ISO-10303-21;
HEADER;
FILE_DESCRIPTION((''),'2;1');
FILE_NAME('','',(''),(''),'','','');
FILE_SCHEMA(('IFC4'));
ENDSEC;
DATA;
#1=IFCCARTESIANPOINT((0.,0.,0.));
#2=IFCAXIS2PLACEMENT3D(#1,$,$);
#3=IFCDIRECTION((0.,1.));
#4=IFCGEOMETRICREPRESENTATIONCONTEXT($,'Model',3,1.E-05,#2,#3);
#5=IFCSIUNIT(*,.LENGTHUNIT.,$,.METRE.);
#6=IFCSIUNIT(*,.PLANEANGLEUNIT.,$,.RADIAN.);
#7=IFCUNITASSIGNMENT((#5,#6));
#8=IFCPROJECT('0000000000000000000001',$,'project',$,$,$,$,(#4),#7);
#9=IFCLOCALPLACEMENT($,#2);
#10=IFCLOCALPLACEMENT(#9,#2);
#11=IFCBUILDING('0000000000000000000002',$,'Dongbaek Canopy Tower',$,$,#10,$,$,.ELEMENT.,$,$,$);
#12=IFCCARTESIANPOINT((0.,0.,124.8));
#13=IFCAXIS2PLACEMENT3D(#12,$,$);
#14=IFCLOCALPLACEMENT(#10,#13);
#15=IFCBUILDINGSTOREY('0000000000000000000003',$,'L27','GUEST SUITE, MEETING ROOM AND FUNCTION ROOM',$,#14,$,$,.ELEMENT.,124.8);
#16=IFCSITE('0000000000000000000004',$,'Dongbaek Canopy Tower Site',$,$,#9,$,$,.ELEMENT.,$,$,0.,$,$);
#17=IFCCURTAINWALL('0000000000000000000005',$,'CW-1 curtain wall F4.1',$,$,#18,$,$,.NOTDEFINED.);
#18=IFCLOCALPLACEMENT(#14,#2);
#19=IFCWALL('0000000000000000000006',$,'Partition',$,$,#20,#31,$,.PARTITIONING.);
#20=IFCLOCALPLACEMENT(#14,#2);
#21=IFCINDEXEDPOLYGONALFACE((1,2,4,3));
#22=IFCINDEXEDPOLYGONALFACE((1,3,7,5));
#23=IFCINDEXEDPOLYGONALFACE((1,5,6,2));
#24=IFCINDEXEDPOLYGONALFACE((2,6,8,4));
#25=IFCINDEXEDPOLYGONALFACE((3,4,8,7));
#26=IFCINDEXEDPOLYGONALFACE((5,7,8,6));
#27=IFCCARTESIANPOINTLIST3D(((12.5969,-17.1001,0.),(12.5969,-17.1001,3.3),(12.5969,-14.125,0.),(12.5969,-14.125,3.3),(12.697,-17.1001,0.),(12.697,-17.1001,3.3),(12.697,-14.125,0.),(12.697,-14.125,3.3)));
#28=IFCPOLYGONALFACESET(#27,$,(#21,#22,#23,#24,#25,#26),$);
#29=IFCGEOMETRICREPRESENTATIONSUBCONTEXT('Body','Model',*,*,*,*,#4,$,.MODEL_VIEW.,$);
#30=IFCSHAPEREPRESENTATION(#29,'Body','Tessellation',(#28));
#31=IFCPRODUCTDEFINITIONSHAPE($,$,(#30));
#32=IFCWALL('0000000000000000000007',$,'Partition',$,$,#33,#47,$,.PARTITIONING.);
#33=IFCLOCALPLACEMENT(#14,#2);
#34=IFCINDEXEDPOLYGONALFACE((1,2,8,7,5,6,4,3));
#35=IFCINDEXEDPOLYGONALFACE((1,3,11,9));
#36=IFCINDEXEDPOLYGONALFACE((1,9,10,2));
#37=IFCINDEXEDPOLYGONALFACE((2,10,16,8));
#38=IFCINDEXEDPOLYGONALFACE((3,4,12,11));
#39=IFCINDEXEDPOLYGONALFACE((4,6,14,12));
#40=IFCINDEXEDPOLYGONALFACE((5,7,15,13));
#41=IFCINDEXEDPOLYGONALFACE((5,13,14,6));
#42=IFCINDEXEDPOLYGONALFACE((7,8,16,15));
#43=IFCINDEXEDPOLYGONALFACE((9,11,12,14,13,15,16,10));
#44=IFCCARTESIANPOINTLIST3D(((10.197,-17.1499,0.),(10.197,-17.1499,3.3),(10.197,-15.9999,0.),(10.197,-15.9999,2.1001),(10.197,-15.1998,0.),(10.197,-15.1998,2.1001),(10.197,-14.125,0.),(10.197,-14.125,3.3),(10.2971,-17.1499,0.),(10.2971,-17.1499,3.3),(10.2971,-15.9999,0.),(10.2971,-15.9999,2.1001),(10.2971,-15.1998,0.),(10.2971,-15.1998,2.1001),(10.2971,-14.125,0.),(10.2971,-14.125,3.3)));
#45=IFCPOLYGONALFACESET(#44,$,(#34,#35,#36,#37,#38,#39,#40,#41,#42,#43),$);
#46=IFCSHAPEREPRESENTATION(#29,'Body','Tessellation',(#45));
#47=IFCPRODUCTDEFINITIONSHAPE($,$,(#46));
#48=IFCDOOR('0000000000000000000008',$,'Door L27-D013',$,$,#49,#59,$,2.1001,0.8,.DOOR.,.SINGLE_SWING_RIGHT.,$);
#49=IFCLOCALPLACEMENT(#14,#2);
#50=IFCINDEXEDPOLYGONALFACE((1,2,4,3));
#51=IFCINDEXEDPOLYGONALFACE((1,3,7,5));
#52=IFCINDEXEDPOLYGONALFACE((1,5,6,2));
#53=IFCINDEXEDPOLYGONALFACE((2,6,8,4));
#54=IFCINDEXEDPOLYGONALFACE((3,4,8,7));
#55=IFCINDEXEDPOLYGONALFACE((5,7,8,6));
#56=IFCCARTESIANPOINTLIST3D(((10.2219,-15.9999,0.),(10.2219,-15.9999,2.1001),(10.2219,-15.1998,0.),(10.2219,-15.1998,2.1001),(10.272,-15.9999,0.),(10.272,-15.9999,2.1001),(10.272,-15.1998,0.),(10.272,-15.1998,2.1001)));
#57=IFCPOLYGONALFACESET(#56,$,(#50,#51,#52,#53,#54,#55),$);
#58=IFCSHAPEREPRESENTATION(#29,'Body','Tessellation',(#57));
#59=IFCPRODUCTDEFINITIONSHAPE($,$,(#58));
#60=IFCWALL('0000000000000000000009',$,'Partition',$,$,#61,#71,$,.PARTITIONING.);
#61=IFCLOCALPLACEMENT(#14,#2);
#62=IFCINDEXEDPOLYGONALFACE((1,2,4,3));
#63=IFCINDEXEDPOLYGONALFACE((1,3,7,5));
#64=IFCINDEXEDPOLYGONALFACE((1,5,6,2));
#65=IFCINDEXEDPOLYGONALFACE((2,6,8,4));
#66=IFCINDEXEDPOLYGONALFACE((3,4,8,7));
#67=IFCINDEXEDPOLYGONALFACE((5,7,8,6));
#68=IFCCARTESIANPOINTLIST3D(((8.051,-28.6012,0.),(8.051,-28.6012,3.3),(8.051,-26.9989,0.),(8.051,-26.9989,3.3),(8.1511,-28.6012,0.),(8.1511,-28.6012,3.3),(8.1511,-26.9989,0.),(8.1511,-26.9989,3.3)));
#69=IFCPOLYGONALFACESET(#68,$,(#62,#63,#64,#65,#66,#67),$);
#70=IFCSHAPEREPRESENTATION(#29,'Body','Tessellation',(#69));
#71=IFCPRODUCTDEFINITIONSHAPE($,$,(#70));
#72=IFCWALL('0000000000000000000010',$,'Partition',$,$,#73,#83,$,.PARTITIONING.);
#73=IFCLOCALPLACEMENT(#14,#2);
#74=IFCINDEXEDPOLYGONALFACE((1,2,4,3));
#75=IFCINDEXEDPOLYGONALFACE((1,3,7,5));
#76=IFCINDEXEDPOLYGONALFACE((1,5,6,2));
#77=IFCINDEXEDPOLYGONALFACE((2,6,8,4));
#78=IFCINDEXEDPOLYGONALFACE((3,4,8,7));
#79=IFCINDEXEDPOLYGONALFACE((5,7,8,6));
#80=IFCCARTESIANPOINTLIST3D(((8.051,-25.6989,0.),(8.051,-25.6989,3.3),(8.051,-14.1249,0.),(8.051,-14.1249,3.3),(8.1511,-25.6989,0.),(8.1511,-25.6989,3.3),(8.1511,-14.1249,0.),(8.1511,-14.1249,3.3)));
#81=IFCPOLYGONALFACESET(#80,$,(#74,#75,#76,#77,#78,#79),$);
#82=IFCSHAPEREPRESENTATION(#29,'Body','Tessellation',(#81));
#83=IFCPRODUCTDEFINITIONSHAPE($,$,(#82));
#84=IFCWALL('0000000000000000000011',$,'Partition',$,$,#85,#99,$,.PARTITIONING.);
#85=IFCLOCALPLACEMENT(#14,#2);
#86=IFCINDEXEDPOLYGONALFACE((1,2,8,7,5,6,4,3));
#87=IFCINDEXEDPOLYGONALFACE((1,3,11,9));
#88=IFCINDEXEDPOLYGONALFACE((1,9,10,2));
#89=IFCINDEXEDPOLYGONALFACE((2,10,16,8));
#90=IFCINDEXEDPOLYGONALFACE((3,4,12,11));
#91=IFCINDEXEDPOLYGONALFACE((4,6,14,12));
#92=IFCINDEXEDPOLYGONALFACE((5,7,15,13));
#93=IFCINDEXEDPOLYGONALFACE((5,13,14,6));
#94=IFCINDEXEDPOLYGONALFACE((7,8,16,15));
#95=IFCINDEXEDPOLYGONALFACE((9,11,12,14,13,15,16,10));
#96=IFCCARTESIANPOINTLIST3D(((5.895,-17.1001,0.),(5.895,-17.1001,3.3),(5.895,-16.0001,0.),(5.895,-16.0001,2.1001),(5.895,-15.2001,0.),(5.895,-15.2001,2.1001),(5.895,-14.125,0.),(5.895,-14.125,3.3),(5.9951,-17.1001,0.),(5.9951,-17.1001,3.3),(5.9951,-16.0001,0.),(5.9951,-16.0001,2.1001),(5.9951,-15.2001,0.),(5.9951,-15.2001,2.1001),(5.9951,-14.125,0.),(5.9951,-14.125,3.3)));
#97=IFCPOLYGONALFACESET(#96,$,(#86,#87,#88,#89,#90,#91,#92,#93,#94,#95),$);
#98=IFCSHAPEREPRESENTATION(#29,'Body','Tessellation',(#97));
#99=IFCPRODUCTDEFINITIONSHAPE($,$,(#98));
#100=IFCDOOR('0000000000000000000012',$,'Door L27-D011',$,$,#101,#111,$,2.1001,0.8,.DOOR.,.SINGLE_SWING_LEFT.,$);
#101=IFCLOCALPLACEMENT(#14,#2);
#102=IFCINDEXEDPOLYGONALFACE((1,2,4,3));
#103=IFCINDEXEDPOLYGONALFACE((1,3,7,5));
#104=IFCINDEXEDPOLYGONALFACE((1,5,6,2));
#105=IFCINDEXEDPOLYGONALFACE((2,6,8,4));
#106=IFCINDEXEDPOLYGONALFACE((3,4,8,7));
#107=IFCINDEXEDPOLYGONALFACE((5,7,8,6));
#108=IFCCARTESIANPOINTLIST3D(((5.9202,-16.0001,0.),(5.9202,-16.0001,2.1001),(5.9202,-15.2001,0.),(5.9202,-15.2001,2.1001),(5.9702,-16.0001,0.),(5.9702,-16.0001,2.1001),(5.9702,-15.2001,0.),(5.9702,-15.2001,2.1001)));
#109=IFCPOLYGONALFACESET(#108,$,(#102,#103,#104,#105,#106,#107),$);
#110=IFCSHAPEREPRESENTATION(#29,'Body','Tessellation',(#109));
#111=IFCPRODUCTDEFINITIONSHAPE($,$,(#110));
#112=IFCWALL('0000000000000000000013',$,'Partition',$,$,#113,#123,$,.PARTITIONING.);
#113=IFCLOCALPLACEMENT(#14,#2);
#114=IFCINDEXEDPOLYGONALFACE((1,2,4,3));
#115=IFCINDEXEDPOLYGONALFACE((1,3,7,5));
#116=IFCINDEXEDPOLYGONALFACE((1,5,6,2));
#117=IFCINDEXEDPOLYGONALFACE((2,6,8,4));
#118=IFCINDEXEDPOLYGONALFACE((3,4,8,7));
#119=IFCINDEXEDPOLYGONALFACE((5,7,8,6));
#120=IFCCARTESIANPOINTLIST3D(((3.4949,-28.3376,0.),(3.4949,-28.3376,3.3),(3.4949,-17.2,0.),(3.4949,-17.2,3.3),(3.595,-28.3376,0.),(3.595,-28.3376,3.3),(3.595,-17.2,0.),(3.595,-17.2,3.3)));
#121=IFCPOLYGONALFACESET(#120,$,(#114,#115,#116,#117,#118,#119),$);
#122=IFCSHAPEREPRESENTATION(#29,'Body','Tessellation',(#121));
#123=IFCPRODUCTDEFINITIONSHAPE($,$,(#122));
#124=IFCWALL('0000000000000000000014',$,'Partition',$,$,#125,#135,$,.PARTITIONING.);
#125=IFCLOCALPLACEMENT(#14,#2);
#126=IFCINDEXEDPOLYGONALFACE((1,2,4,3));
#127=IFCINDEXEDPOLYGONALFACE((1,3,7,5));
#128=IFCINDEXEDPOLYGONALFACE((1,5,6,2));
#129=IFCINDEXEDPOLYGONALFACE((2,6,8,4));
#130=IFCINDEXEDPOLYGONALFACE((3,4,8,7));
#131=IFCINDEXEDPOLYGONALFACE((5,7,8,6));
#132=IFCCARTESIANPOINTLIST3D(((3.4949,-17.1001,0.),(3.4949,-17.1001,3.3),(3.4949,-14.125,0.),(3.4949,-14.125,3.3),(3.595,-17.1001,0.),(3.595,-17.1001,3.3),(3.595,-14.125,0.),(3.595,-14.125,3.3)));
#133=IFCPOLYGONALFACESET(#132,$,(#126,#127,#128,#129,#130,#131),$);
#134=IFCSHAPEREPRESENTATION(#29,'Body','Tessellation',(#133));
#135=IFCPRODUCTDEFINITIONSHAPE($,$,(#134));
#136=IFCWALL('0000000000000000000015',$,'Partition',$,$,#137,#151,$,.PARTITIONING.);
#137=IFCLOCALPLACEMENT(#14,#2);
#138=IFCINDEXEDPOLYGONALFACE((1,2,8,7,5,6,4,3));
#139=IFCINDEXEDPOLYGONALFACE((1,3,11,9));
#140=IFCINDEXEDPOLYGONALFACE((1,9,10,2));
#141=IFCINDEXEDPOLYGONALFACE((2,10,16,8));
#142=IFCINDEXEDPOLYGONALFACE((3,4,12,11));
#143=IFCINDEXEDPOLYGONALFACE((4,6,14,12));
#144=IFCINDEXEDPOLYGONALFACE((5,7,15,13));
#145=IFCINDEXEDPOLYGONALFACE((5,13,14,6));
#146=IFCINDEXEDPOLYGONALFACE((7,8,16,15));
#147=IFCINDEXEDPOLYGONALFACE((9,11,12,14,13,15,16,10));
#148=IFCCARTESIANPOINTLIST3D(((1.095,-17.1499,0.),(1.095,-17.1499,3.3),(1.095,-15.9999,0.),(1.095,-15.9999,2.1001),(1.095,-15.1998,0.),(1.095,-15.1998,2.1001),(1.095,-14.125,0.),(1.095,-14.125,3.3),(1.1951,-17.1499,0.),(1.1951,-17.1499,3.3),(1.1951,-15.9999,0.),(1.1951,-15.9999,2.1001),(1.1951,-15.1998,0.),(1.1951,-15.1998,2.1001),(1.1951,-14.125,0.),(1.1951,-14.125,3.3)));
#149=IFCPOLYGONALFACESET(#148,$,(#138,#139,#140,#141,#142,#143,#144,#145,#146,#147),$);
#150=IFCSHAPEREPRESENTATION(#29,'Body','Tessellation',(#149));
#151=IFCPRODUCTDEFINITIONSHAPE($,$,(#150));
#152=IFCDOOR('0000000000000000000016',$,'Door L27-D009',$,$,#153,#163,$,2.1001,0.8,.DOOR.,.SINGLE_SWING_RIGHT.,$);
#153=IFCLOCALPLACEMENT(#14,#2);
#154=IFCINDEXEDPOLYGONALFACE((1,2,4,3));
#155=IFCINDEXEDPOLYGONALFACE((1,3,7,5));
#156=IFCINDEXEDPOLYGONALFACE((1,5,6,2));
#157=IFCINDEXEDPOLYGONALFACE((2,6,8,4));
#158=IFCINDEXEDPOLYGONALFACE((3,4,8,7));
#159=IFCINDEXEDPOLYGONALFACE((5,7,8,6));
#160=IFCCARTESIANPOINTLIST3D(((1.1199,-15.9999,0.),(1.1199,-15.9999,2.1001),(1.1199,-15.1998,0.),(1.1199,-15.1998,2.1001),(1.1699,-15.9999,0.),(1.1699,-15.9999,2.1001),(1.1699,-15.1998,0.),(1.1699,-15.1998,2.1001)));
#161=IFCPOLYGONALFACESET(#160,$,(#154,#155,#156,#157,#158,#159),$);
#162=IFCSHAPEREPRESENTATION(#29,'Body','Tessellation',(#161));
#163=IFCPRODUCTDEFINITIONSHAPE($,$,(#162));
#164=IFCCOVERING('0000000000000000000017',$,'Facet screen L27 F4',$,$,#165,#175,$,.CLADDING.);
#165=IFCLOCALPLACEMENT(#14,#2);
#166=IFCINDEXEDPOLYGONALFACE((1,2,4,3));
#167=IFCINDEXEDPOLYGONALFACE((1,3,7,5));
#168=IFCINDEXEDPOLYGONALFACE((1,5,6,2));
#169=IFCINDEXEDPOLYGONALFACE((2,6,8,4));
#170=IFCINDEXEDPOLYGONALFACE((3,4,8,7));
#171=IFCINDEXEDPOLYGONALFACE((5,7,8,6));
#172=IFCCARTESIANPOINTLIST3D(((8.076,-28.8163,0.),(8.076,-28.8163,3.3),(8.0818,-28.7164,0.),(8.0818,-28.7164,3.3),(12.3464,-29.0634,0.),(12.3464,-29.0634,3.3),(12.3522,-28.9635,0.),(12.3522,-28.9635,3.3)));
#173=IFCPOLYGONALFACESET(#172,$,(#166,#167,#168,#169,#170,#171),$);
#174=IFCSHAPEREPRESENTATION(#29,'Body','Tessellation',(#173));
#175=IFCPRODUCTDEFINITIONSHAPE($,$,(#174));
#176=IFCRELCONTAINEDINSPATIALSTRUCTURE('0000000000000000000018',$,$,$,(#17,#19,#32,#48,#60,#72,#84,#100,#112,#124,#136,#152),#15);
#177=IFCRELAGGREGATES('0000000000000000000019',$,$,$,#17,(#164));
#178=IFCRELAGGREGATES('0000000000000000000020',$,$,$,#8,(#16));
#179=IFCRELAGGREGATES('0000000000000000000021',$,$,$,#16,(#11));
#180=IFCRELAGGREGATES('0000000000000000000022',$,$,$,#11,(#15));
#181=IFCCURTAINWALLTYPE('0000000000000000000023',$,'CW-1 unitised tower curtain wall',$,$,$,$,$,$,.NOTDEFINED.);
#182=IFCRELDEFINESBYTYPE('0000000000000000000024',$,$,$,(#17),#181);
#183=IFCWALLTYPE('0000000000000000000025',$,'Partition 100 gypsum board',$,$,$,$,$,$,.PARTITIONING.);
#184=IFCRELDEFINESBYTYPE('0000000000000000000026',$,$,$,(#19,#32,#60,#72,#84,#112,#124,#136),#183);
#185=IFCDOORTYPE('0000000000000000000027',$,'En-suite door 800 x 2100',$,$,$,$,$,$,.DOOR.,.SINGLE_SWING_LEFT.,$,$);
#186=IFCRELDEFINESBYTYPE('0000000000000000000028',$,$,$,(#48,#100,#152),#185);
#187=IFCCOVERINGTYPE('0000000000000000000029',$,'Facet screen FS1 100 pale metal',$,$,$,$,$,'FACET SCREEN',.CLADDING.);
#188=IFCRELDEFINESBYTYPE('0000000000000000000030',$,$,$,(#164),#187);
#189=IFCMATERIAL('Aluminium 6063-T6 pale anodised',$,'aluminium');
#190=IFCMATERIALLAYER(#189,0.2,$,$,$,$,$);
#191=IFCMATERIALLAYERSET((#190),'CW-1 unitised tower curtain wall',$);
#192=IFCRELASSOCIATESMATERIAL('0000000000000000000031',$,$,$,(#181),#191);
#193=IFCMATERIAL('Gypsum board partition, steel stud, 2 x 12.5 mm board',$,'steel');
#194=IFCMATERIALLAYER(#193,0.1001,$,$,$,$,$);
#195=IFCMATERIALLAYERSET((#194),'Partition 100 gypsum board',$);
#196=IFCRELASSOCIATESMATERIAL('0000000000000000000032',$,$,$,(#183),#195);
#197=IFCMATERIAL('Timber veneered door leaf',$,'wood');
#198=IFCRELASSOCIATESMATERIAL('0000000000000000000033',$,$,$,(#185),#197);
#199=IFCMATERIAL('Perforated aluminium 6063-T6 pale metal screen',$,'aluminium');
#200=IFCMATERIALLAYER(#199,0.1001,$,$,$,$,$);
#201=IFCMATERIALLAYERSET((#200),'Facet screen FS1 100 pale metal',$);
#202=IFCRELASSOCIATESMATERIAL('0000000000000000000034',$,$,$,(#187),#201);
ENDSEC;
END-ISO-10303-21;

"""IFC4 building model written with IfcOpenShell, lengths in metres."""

from ifc_helpers import new_model, si_unit, direction, frame, frame_2d, origin, origin_2d, place, context, subcontext, project, spatial, rectangle, extrude, material, layer, layer_set, type_object, element, fill, aggregate, save


model = new_model("IFC4")

# Units and contexts
model_context = context("Model", 3, precision=1e-05, world=origin(), true_north=direction((0.0, 1.0)))
body_context = subcontext(model_context, "Body", "Model", "MODEL_VIEW")
ifc_project = project(units=[si_unit("LENGTHUNIT", "METRE"), si_unit("PLANEANGLEUNIT", "RADIAN")], contexts=[model_context])

# Site, building, storey
site_placement = place(None, origin())
site = spatial("IfcSite", under=ifc_project, at=site_placement, Name="Dongbaek Canopy Tower Site", CompositionType="ELEMENT", RefElevation=0.0)
building_placement = place(site_placement, origin())
building = spatial("IfcBuilding", under=site, at=building_placement, Name="Dongbaek Canopy Tower", CompositionType="ELEMENT")
storey_placement = place(building_placement, frame((0.0, 0.0, 124.8)))
storey = spatial("IfcBuildingStorey", under=building, at=storey_placement, Name="L27", Description="GUEST SUITE, MEETING ROOM AND FUNCTION ROOM", CompositionType="ELEMENT", Elevation=124.8)

# Curtain wall
ifc_material_1 = material(Name="Aluminium 6063-T6 pale anodised", Category="aluminium")
ifc_layer_1 = layer(ifc_material_1, 0.2)
ifc_layer_set_1 = layer_set([ifc_layer_1], Name="CW-1 unitised tower curtain wall")
curtain_wall_type = type_object("IfcCurtainWallType", Name="CW-1 unitised tower curtain wall", PredefinedType="NOTDEFINED", material=ifc_layer_set_1)
curtain_wall_placement = place(storey_placement, origin())
curtain_wall = element("IfcCurtainWall", 1, at=curtain_wall_placement, inside=storey, type_object=curtain_wall_type, Name="CW-1 curtain wall F4.1", PredefinedType="NOTDEFINED")

# Wall
ifc_material_2 = material(Name="Gypsum board partition, steel stud, 2 x 12.5 mm board", Category="steel")
ifc_layer_2 = layer(ifc_material_2, 0.1001)
ifc_layer_set_2 = layer_set([ifc_layer_2], Name="Partition 100 gypsum board")
wall_type = type_object("IfcWallType", Name="Partition 100 gypsum board", PredefinedType="PARTITIONING", material=ifc_layer_set_2)
wall_1_placement = place(storey_placement, frame((12.647, -17.1001, 0.0), z_axis=(0.0, 0.0, 1.0), x_axis=(0.0, 1.0, 0.0)))
element("IfcWall", 2, at=wall_1_placement, inside=storey, type_object=wall_type, Name="Partition", PredefinedType="PARTITIONING", context=body_context, shape_type="SweptSolid", body=[
    extrude(rectangle(XDim=2.9751, YDim=0.1001, at=frame_2d((1.4875, 0.0))), origin(), (0.0, 0.0, 1.0), 3.3),
])

# Wall, opening, door
wall_2_placement = place(storey_placement, frame((10.2471, -14.125, 0.0), z_axis=(0.0, 0.0, 1.0), x_axis=(0.0, -1.0, 0.0)))
wall_2 = element("IfcWall", 3, at=wall_2_placement, inside=storey, type_object=wall_type, Name="Partition", PredefinedType="PARTITIONING", context=body_context, shape_type="SweptSolid", body=[
    extrude(rectangle(XDim=3.0249, YDim=0.1001, at=frame_2d((1.5125, 0.0))), origin(), (0.0, 0.0, 1.0), 3.3),
])
opening_1_placement = place(wall_2_placement, frame((1.075, 0.0, 0.0)))
opening_1 = element("IfcOpeningElement", 4, at=opening_1_placement, cuts=wall_2, PredefinedType="OPENING", context=body_context, shape_type="SweptSolid", body=[
    extrude(rectangle(XDim=0.8, YDim=2.1001, at=frame_2d((0.3999, 1.05))), frame((0.0, 0.0601, 0.0), z_axis=(0.0, -1.0, 0.0), x_axis=(1.0, 0.0, 0.0)), (0.0, 0.0, 1.0), 0.1201),
])
ifc_material_3 = material(Name="Timber veneered door leaf", Category="wood")
door_type = type_object("IfcDoorType", Name="En-suite door 800 x 2100", OperationType="SINGLE_SWING_LEFT", PredefinedType="DOOR", material=ifc_material_3)
door_1_placement = place(opening_1_placement, origin())
door_1 = element("IfcDoor", 5, at=door_1_placement, inside=storey, type_object=door_type, Name="Door L27-D013", OperationType="SINGLE_SWING_RIGHT", OverallHeight=2.1001, OverallWidth=0.8, PredefinedType="DOOR", context=body_context, shape_type="SweptSolid", body=[
    extrude(rectangle(XDim=0.8, YDim=2.1001, at=frame_2d((0.3999, 1.05))), frame((0.0, 0.0249, 0.0), z_axis=(0.0, -1.0, 0.0), x_axis=(1.0, 0.0, 0.0)), (0.0, 0.0, 1.0), 0.05),
])
fill(opening_1, door_1)

# Walls
wall_3_placement = place(storey_placement, frame((8.1011, -28.6013, 0.0), z_axis=(0.0, 0.0, 1.0), x_axis=(0.0, 1.0, 0.0)))
element("IfcWall", 6, at=wall_3_placement, inside=storey, type_object=wall_type, Name="Partition", PredefinedType="PARTITIONING", context=body_context, shape_type="SweptSolid", body=[
    extrude(rectangle(XDim=1.6023, YDim=0.1001, at=frame_2d((0.8013, 0.0))), origin(), (0.0, 0.0, 1.0), 3.3),
])
wall_4_placement = place(storey_placement, frame((8.1011, -25.699, 0.0), z_axis=(0.0, 0.0, 1.0), x_axis=(0.0, 1.0, 0.0)))
element("IfcWall", 7, at=wall_4_placement, inside=storey, type_object=wall_type, Name="Partition", PredefinedType="PARTITIONING", context=body_context, shape_type="SweptSolid", body=[
    extrude(rectangle(XDim=11.574, YDim=0.1001, at=frame_2d((5.7871, 0.0))), origin(), (0.0, 0.0, 1.0), 3.3),
])

# Wall, opening, door
wall_5_placement = place(storey_placement, frame((5.9451, -17.1001, 0.0), z_axis=(0.0, 0.0, 1.0), x_axis=(0.0, 1.0, 0.0)))
wall_5 = element("IfcWall", 8, at=wall_5_placement, inside=storey, type_object=wall_type, Name="Partition", PredefinedType="PARTITIONING", context=body_context, shape_type="SweptSolid", body=[
    extrude(rectangle(XDim=2.9751, YDim=0.1001, at=frame_2d((1.4875, 0.0))), origin(), (0.0, 0.0, 1.0), 3.3),
])
opening_2_placement = place(wall_5_placement, frame((1.1001, 0.0, 0.0)))
opening_2 = element("IfcOpeningElement", 9, at=opening_2_placement, cuts=wall_5, PredefinedType="OPENING", context=body_context, shape_type="SweptSolid", body=[
    extrude(rectangle(XDim=0.8, YDim=2.1001, at=frame_2d((0.3999, 1.05))), frame((0.0, 0.0601, 0.0), z_axis=(0.0, -1.0, 0.0), x_axis=(1.0, 0.0, 0.0)), (0.0, 0.0, 1.0), 0.1201),
])
door_2_placement = place(opening_2_placement, origin())
door_2 = element("IfcDoor", 10, at=door_2_placement, inside=storey, type_object=door_type, Name="Door L27-D011", OperationType="SINGLE_SWING_LEFT", OverallHeight=2.1001, OverallWidth=0.8, PredefinedType="DOOR", context=body_context, shape_type="SweptSolid", body=[
    extrude(rectangle(XDim=0.8, YDim=2.1001, at=frame_2d((0.3999, 1.05))), frame((0.0, 0.0249, 0.0), z_axis=(0.0, -1.0, 0.0), x_axis=(1.0, 0.0, 0.0)), (0.0, 0.0, 1.0), 0.05),
])
fill(opening_2, door_2)

# Walls
wall_6_placement = place(storey_placement, frame((3.5449, -28.3376, 0.0), z_axis=(0.0, 0.0, 1.0), x_axis=(0.0, 1.0, 0.0)))
element("IfcWall", 11, at=wall_6_placement, inside=storey, type_object=wall_type, Name="Partition", PredefinedType="PARTITIONING", context=body_context, shape_type="SweptSolid", body=[
    extrude(rectangle(XDim=11.1377, YDim=0.1001, at=frame_2d((5.5688, 0.0))), origin(), (0.0, 0.0, 1.0), 3.3),
])
wall_7_placement = place(storey_placement, frame((3.5449, -17.1001, 0.0), z_axis=(0.0, 0.0, 1.0), x_axis=(0.0, 1.0, 0.0)))
element("IfcWall", 12, at=wall_7_placement, inside=storey, type_object=wall_type, Name="Partition", PredefinedType="PARTITIONING", context=body_context, shape_type="SweptSolid", body=[
    extrude(rectangle(XDim=2.9751, YDim=0.1001, at=frame_2d((1.4875, 0.0))), origin(), (0.0, 0.0, 1.0), 3.3),
])

# Wall, opening, door
wall_8_placement = place(storey_placement, frame((1.145, -14.125, 0.0), z_axis=(0.0, 0.0, 1.0), x_axis=(0.0, -1.0, 0.0)))
wall_8 = element("IfcWall", 13, at=wall_8_placement, inside=storey, type_object=wall_type, Name="Partition", PredefinedType="PARTITIONING", context=body_context, shape_type="SweptSolid", body=[
    extrude(rectangle(XDim=3.0249, YDim=0.1001, at=frame_2d((1.5125, 0.0))), origin(), (0.0, 0.0, 1.0), 3.3),
])
opening_3_placement = place(wall_8_placement, frame((1.075, 0.0, 0.0)))
opening_3 = element("IfcOpeningElement", 14, at=opening_3_placement, cuts=wall_8, PredefinedType="OPENING", context=body_context, shape_type="SweptSolid", body=[
    extrude(rectangle(XDim=0.8, YDim=2.1001, at=frame_2d((0.3999, 1.05))), frame((0.0, 0.0601, 0.0), z_axis=(0.0, -1.0, 0.0), x_axis=(1.0, 0.0, 0.0)), (0.0, 0.0, 1.0), 0.1201),
])
door_3_placement = place(opening_3_placement, origin())
door_3 = element("IfcDoor", 15, at=door_3_placement, inside=storey, type_object=door_type, Name="Door L27-D009", OperationType="SINGLE_SWING_RIGHT", OverallHeight=2.1001, OverallWidth=0.8, PredefinedType="DOOR", context=body_context, shape_type="SweptSolid", body=[
    extrude(rectangle(XDim=0.8, YDim=2.1001, at=frame_2d((0.3999, 1.05))), frame((0.0, 0.0249, 0.0), z_axis=(0.0, -1.0, 0.0), x_axis=(1.0, 0.0, 0.0)), (0.0, 0.0, 1.0), 0.05),
])
fill(opening_3, door_3)

# Covering
ifc_material_4 = material(Name="Perforated aluminium 6063-T6 pale metal screen", Category="aluminium")
ifc_layer_3 = layer(ifc_material_4, 0.1001)
ifc_layer_set_3 = layer_set([ifc_layer_3], Name="Facet screen FS1 100 pale metal")
covering_type_1 = type_object("IfcCoveringType", Name="Facet screen FS1 100 pale metal", ElementType="FACET SCREEN", PredefinedType="CLADDING", material=ifc_layer_set_3)
covering_1_placement = place(storey_placement, frame((10.2141, -28.8899, 0.0), z_axis=(0.0, 0.0, 1.0), x_axis=(0.998331, -0.057754, 0.0)))
covering_1 = element("IfcCovering", 16, at=covering_1_placement, type_object=covering_type_1, Name="Facet screen L27 F4", PredefinedType="CLADDING", context=body_context, shape_type="SweptSolid", body=[
    extrude(rectangle(XDim=4.2776, YDim=0.1001, at=origin_2d()), origin(), (0.0, 0.0, 1.0), 3.3),
])
aggregate(curtain_wall, [covering_1])

save(model, "model.ifc")
